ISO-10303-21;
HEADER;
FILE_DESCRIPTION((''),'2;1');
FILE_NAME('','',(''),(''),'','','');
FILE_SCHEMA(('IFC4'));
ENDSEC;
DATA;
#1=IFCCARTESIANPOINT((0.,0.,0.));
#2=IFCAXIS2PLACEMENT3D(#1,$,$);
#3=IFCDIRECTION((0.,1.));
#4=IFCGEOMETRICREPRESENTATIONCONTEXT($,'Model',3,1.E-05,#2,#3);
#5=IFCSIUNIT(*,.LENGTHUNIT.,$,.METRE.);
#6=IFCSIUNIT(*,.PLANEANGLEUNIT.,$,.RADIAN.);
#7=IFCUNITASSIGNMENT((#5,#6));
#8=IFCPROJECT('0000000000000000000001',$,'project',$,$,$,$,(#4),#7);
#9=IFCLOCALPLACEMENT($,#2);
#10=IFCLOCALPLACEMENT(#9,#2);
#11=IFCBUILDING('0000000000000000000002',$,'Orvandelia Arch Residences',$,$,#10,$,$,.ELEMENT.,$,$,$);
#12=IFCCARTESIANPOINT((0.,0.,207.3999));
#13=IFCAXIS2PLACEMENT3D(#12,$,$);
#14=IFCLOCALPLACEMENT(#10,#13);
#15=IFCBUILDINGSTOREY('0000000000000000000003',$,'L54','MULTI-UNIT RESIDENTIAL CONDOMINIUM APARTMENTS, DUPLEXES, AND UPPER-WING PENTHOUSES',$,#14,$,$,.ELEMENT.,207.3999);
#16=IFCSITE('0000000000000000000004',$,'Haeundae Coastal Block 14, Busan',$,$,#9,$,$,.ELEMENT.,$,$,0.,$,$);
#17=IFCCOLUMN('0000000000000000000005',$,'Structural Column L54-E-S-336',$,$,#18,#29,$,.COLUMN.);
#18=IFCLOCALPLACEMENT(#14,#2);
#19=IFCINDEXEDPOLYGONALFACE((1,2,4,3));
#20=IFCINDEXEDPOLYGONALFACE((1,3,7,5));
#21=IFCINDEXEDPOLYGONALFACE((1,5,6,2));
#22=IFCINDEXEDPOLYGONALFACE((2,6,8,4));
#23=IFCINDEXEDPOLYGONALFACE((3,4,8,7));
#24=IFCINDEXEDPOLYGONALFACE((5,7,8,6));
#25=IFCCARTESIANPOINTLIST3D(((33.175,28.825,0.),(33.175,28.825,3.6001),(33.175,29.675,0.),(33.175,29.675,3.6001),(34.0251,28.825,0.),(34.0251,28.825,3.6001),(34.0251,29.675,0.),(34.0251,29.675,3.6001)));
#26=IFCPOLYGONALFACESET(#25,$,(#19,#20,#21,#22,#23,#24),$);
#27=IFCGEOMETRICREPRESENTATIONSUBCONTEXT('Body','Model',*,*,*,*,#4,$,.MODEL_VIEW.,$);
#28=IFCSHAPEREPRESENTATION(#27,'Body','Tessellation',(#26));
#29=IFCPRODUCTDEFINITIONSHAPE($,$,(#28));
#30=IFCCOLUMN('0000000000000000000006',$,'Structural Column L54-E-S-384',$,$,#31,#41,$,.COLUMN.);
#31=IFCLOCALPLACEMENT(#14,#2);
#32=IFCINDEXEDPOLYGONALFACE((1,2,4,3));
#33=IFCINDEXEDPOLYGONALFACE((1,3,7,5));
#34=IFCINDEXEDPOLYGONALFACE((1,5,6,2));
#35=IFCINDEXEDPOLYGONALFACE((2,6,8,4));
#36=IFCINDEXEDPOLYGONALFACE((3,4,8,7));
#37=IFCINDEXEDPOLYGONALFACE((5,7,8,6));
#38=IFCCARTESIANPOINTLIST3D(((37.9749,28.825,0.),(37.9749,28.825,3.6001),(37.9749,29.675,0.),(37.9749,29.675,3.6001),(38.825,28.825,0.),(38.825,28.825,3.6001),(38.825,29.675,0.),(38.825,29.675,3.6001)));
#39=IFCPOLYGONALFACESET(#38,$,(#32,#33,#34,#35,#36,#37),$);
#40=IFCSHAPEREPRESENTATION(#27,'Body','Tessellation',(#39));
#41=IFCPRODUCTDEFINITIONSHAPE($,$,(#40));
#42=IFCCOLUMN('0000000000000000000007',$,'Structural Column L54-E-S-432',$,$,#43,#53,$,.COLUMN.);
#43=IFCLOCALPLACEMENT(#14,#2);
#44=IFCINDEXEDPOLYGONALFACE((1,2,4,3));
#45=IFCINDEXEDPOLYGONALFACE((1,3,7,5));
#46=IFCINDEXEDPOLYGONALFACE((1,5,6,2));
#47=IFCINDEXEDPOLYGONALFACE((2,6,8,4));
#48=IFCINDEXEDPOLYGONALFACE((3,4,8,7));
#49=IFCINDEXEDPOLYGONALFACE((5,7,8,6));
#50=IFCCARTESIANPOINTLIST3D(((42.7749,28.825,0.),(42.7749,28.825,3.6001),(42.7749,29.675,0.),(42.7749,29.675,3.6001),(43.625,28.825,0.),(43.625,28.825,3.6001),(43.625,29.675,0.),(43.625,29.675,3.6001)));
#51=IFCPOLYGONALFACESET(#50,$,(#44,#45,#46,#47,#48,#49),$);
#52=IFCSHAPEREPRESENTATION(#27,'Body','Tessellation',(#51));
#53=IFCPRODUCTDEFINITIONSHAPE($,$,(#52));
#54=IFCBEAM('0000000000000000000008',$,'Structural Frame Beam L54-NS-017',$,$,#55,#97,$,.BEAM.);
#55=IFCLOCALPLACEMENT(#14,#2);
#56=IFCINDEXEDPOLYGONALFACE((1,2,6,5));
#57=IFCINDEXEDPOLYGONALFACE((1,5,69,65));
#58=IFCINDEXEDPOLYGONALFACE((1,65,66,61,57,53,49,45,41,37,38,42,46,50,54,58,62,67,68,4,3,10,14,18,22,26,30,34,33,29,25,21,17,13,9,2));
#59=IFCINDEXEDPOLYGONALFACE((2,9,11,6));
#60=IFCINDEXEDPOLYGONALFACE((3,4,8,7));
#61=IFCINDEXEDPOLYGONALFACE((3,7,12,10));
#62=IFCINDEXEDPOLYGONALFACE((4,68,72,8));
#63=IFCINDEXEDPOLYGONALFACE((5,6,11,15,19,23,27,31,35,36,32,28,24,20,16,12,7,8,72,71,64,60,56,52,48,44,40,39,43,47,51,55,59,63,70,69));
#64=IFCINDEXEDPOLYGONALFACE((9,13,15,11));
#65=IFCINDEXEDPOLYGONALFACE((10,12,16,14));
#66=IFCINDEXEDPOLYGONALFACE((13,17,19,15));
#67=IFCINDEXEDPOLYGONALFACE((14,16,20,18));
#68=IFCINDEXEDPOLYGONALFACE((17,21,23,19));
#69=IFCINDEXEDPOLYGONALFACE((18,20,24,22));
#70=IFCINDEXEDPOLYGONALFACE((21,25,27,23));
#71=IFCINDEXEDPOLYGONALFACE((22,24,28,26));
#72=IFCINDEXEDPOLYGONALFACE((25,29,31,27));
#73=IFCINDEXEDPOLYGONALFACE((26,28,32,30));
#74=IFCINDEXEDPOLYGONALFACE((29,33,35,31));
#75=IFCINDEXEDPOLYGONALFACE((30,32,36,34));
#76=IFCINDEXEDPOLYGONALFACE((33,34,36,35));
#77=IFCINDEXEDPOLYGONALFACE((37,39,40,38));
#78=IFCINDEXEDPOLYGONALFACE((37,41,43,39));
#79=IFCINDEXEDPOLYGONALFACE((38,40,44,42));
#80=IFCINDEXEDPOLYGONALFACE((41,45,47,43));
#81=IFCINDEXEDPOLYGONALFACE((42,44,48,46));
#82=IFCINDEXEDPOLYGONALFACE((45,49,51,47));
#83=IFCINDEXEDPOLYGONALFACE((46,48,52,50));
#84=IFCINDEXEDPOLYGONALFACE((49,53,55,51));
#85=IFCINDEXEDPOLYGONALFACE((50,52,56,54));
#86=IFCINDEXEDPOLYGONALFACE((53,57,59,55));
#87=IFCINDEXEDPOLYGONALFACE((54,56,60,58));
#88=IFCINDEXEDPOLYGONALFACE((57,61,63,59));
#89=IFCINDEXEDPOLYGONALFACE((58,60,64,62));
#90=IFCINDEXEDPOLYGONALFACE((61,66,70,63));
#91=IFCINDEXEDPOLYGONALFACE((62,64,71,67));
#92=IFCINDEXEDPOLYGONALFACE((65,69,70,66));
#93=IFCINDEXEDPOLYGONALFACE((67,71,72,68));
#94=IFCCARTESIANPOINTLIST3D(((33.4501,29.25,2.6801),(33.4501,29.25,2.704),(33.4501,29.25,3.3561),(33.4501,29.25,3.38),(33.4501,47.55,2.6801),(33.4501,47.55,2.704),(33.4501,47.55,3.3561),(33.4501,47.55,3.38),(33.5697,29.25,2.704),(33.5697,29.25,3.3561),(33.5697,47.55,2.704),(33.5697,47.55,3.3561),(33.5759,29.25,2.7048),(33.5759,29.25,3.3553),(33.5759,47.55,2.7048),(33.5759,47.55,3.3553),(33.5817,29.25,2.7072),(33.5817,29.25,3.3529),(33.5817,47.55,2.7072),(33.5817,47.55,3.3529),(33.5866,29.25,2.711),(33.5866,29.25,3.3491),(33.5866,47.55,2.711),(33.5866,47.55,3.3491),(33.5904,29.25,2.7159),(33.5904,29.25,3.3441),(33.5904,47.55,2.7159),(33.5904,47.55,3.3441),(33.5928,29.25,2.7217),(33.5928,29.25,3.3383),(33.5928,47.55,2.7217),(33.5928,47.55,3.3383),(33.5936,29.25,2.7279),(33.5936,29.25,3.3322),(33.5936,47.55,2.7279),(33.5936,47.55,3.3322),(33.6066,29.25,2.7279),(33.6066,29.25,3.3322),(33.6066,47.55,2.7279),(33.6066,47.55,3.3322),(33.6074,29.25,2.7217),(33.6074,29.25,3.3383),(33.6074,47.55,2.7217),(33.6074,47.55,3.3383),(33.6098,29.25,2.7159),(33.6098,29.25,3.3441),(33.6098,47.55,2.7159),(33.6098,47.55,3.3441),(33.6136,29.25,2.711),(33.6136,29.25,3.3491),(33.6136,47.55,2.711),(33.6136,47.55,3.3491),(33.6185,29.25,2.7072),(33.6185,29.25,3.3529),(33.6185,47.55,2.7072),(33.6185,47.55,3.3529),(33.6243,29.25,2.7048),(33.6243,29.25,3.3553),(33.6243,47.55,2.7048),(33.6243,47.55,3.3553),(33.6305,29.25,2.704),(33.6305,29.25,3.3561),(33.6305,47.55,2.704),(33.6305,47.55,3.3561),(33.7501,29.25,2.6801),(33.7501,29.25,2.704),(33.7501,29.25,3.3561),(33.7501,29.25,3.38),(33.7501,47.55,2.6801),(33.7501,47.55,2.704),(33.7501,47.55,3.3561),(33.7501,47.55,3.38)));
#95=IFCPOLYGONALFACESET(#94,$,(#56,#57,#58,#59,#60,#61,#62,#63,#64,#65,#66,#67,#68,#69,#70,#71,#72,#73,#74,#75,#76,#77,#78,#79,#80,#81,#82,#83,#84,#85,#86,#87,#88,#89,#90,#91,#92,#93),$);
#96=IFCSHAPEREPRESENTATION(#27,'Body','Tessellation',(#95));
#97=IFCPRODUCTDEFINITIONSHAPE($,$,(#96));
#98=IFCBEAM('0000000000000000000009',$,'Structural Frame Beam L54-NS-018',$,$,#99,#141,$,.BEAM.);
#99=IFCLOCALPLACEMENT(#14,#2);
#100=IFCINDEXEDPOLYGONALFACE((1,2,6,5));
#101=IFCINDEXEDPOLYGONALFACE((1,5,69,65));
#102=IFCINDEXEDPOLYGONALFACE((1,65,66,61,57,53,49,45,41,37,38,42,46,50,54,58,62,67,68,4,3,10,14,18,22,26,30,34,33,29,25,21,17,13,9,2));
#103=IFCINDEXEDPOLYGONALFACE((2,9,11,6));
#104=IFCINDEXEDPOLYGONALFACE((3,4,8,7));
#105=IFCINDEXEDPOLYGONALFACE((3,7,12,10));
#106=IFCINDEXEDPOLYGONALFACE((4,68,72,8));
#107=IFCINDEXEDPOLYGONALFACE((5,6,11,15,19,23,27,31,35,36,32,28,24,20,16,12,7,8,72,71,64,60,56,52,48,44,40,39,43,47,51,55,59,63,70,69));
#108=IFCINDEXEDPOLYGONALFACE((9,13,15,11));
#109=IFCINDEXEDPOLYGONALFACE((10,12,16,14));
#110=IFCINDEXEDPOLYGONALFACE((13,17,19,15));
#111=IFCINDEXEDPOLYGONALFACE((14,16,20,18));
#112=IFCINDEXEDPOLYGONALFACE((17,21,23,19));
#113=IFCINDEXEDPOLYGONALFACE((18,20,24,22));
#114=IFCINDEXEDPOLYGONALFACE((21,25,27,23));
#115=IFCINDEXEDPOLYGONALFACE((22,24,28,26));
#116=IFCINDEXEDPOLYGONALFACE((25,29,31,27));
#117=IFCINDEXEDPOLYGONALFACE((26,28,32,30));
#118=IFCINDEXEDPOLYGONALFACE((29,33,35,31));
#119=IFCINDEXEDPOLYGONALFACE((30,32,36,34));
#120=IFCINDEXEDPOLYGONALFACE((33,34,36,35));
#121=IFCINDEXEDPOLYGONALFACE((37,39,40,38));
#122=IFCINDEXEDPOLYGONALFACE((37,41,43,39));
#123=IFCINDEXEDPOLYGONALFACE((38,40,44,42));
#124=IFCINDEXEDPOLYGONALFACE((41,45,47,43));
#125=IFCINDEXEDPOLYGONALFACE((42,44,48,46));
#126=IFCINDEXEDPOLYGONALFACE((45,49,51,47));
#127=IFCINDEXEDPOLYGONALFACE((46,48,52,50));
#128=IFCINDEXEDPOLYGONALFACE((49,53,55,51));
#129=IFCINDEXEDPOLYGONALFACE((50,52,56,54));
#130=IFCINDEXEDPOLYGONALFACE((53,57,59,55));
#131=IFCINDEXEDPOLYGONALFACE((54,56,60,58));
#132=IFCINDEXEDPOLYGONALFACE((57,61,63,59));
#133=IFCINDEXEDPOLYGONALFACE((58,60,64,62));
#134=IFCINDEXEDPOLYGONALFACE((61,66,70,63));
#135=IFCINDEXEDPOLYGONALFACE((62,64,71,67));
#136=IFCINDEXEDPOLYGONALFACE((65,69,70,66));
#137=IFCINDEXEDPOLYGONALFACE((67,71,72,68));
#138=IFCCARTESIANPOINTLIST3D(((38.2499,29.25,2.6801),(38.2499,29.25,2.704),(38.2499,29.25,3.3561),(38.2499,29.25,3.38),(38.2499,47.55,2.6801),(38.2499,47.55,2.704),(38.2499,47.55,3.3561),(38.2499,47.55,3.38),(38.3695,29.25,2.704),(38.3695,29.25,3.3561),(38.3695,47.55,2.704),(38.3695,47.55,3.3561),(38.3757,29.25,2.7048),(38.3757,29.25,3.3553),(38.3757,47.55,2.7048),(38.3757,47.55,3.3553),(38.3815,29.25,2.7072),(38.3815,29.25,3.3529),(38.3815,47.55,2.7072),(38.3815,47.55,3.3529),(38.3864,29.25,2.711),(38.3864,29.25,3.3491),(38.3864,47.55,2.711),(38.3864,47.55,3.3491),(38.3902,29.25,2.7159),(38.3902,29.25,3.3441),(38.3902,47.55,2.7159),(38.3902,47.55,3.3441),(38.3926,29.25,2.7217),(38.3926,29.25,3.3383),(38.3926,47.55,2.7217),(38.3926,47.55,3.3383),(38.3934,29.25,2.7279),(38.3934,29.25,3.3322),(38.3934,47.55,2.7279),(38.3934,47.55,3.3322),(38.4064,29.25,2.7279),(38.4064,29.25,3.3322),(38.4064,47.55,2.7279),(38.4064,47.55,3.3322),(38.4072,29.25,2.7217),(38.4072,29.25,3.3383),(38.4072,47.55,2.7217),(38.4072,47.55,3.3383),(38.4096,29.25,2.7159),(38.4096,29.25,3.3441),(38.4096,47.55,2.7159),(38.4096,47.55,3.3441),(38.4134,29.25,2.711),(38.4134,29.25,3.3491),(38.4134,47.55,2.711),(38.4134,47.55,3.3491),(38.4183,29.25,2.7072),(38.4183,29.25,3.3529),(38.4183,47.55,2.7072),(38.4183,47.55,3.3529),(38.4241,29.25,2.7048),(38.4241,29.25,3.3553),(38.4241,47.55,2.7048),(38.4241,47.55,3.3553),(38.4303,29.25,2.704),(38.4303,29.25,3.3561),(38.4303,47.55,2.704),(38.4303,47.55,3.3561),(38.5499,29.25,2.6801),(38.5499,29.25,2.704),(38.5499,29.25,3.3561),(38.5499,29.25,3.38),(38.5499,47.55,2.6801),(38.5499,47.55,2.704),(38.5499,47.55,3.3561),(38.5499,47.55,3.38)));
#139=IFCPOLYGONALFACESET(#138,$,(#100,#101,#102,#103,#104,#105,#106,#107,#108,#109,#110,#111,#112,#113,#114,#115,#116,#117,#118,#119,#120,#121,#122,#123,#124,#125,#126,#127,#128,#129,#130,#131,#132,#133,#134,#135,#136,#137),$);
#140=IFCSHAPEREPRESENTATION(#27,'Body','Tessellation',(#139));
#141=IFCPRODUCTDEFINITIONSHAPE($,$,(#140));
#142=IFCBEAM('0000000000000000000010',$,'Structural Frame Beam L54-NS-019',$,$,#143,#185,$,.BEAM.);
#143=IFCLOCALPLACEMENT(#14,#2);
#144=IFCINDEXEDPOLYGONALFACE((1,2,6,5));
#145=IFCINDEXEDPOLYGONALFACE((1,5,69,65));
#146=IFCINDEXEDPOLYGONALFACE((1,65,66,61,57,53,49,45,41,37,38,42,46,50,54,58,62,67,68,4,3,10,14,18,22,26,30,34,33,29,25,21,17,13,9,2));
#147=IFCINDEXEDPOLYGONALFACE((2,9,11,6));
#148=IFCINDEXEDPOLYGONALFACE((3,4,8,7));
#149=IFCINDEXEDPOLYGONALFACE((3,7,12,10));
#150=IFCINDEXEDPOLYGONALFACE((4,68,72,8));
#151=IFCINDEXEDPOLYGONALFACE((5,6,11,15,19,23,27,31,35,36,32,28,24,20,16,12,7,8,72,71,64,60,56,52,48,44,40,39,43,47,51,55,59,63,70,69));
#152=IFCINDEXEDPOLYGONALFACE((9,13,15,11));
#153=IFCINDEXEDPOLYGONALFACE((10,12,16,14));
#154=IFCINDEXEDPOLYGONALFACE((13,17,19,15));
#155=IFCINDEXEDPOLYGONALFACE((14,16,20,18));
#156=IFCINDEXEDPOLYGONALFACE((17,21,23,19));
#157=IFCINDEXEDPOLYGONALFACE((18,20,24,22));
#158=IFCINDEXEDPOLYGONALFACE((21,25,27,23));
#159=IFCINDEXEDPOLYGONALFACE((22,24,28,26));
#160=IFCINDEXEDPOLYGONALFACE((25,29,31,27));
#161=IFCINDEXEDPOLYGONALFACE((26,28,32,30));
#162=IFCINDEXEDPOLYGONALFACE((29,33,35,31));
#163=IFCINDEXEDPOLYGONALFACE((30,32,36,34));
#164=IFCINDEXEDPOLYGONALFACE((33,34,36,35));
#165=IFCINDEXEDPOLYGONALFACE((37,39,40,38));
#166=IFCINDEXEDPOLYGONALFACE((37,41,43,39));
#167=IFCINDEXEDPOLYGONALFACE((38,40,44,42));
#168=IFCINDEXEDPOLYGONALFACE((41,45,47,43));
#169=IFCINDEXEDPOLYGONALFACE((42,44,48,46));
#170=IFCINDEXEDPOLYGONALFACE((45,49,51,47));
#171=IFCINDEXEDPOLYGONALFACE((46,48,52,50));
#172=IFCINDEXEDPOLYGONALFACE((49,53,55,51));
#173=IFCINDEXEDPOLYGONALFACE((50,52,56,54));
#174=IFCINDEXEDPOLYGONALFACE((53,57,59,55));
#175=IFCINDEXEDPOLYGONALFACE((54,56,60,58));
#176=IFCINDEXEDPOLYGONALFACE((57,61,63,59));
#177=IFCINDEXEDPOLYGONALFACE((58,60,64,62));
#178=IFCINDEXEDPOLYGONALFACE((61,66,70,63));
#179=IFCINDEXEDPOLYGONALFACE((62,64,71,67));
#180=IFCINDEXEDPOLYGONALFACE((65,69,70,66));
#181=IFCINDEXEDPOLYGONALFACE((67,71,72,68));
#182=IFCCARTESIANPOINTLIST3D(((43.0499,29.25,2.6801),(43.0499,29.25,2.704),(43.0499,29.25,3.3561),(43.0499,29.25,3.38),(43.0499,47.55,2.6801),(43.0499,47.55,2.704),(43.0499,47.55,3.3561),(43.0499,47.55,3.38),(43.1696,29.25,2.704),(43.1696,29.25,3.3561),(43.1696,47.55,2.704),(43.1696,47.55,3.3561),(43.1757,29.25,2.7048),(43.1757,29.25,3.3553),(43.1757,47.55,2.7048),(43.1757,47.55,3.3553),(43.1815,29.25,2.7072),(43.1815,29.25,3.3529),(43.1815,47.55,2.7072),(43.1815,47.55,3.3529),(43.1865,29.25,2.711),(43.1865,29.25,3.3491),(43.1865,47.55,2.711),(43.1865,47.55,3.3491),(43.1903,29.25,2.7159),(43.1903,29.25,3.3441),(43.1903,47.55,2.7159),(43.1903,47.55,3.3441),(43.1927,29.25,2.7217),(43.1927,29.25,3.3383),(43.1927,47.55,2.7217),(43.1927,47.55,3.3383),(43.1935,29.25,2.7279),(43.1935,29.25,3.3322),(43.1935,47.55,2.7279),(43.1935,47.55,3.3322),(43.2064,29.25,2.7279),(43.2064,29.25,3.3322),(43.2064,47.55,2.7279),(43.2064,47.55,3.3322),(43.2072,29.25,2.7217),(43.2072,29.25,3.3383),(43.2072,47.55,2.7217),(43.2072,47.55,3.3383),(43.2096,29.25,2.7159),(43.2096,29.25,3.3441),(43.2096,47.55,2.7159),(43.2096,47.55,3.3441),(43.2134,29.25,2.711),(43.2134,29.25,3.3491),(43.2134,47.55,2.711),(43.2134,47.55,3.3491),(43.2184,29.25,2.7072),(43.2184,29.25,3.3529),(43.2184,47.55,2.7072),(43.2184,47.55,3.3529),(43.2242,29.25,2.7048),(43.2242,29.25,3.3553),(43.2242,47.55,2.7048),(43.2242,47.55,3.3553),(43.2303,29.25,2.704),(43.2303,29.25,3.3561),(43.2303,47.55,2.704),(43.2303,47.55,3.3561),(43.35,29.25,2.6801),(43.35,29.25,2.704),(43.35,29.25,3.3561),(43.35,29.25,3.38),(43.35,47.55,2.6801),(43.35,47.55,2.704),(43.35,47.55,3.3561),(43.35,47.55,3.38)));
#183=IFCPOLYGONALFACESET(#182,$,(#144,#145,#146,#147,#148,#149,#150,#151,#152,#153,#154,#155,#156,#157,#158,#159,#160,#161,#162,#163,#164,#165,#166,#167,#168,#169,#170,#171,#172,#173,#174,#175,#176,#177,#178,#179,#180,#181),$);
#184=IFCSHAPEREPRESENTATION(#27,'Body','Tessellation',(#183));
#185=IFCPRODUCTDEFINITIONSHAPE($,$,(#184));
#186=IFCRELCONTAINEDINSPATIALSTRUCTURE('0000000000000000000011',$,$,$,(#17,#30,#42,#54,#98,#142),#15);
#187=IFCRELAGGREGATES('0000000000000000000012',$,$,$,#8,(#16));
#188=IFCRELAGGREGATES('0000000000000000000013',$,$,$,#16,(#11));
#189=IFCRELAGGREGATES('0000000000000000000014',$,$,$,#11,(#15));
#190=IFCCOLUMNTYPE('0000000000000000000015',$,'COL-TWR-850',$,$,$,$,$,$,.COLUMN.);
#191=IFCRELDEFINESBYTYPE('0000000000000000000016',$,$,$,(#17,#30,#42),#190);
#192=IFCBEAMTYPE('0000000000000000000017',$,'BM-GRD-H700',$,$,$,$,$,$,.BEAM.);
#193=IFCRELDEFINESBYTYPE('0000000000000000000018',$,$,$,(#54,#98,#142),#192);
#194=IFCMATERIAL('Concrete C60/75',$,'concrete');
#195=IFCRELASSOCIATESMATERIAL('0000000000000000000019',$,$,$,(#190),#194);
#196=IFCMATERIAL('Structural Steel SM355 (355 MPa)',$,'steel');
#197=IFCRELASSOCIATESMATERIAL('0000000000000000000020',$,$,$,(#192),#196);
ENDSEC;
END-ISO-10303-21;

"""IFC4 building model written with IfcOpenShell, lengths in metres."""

from ifc_helpers import new_model, si_unit, direction, frame, origin, origin_2d, place, context, subcontext, project, spatial, rectangle, i_section, extrude, material, material_profile, profile_set, type_object, element, save


model = new_model("IFC4")

# Units and contexts
model_context = context("Model", 3, precision=1e-05, world=origin(), true_north=direction((0.0, 1.0)))
body_context = subcontext(model_context, "Body", "Model", "MODEL_VIEW")
ifc_project = project(units=[si_unit("LENGTHUNIT", "METRE"), si_unit("PLANEANGLEUNIT", "RADIAN")], contexts=[model_context])

# Site, building, storey
site_placement = place(None, origin())
site = spatial("IfcSite", under=ifc_project, at=site_placement, Name="Haeundae Coastal Block 14, Busan", CompositionType="ELEMENT", RefElevation=0.0)
building_placement = place(site_placement, origin())
building = spatial("IfcBuilding", under=site, at=building_placement, Name="Orvandelia Arch Residences", CompositionType="ELEMENT")
storey_placement = place(building_placement, frame((0.0, 0.0, 207.3999)))
storey = spatial("IfcBuildingStorey", under=building, at=storey_placement, Name="L54", Description="MULTI-UNIT RESIDENTIAL CONDOMINIUM APARTMENTS, DUPLEXES, AND UPPER-WING PENTHOUSES", CompositionType="ELEMENT", Elevation=207.3999)

# Columns
ifc_material_1 = material(Name="Concrete C60/75", Category="concrete")
ifc_material_profile_1 = material_profile(ifc_material_1, rectangle(XDim=0.8501, YDim=0.8501, at=origin_2d()), Name="Concrete C60/75", Category="concrete")
ifc_profile_set_1 = profile_set([ifc_material_profile_1], Name="Concrete C60/75")
column_type = type_object("IfcColumnType", Name="COL-TWR-850", PredefinedType="COLUMN", material=ifc_profile_set_1)
for number, where, z_axis, x_axis, name in (
    (1, (33.6001, 29.25, 0.0), (0.0, 0.0, 1.0), (1.0, 0.0, 0.0), "Structural Column L54-E-S-336"),
    (2, (38.3999, 29.25, 0.0), (0.0, 0.0, 1.0), (1.0, 0.0, 0.0), "Structural Column L54-E-S-384"),
    (3, (43.2, 29.25, 0.0), (0.0, 0.0, 1.0), (1.0, 0.0, 0.0), "Structural Column L54-E-S-432"),
):
    element("IfcColumn", number, at=place(storey_placement, frame(where, z_axis=z_axis, x_axis=x_axis)), inside=storey, type_object=column_type, Name=name, PredefinedType="COLUMN", context=body_context, shape_type="SweptSolid", body=[
        extrude(rectangle(XDim=0.8501, YDim=0.8501, at=origin_2d()), origin(), (0.0, 0.0, 1.0), 3.6001),
    ])

# Beams
ifc_material_2 = material(Name="Structural Steel SM355 (355 MPa)", Category="steel")
ifc_material_profile_2 = material_profile(ifc_material_2, i_section(OverallWidth=0.3, OverallDepth=0.7, WebThickness=0.0129, FlangeThickness=0.0239, FilletRadius=0.0239, at=origin_2d()), Name="Structural Steel SM355 (355 MPa)", Category="steel")
ifc_profile_set_2 = profile_set([ifc_material_profile_2], Name="Structural Steel SM355 (355 MPa)")
beam_type = type_object("IfcBeamType", Name="BM-GRD-H700", PredefinedType="BEAM", material=ifc_profile_set_2)
for number, where, z_axis, x_axis, name in (
    (4, (33.6001, 29.25, 3.03), (0.0, 1.0, 0.0), (-1.0, 0.0, 0.0), "Structural Frame Beam L54-NS-017"),
    (5, (38.3999, 29.25, 3.03), (0.0, 1.0, 0.0), (-1.0, 0.0, 0.0), "Structural Frame Beam L54-NS-018"),
    (6, (43.2, 29.25, 3.03), (0.0, 1.0, 0.0), (-1.0, 0.0, 0.0), "Structural Frame Beam L54-NS-019"),
):
    element("IfcBeam", number, at=place(storey_placement, frame(where, z_axis=z_axis, x_axis=x_axis)), inside=storey, type_object=beam_type, Name=name, PredefinedType="BEAM", context=body_context, shape_type="SweptSolid", body=[
        extrude(i_section(OverallWidth=0.3, OverallDepth=0.7, WebThickness=0.0129, FlangeThickness=0.0239, FilletRadius=0.0239, at=origin_2d()), origin(), (0.0, 0.0, 1.0), 18.3),
    ])

save(model, "model.ifc")
